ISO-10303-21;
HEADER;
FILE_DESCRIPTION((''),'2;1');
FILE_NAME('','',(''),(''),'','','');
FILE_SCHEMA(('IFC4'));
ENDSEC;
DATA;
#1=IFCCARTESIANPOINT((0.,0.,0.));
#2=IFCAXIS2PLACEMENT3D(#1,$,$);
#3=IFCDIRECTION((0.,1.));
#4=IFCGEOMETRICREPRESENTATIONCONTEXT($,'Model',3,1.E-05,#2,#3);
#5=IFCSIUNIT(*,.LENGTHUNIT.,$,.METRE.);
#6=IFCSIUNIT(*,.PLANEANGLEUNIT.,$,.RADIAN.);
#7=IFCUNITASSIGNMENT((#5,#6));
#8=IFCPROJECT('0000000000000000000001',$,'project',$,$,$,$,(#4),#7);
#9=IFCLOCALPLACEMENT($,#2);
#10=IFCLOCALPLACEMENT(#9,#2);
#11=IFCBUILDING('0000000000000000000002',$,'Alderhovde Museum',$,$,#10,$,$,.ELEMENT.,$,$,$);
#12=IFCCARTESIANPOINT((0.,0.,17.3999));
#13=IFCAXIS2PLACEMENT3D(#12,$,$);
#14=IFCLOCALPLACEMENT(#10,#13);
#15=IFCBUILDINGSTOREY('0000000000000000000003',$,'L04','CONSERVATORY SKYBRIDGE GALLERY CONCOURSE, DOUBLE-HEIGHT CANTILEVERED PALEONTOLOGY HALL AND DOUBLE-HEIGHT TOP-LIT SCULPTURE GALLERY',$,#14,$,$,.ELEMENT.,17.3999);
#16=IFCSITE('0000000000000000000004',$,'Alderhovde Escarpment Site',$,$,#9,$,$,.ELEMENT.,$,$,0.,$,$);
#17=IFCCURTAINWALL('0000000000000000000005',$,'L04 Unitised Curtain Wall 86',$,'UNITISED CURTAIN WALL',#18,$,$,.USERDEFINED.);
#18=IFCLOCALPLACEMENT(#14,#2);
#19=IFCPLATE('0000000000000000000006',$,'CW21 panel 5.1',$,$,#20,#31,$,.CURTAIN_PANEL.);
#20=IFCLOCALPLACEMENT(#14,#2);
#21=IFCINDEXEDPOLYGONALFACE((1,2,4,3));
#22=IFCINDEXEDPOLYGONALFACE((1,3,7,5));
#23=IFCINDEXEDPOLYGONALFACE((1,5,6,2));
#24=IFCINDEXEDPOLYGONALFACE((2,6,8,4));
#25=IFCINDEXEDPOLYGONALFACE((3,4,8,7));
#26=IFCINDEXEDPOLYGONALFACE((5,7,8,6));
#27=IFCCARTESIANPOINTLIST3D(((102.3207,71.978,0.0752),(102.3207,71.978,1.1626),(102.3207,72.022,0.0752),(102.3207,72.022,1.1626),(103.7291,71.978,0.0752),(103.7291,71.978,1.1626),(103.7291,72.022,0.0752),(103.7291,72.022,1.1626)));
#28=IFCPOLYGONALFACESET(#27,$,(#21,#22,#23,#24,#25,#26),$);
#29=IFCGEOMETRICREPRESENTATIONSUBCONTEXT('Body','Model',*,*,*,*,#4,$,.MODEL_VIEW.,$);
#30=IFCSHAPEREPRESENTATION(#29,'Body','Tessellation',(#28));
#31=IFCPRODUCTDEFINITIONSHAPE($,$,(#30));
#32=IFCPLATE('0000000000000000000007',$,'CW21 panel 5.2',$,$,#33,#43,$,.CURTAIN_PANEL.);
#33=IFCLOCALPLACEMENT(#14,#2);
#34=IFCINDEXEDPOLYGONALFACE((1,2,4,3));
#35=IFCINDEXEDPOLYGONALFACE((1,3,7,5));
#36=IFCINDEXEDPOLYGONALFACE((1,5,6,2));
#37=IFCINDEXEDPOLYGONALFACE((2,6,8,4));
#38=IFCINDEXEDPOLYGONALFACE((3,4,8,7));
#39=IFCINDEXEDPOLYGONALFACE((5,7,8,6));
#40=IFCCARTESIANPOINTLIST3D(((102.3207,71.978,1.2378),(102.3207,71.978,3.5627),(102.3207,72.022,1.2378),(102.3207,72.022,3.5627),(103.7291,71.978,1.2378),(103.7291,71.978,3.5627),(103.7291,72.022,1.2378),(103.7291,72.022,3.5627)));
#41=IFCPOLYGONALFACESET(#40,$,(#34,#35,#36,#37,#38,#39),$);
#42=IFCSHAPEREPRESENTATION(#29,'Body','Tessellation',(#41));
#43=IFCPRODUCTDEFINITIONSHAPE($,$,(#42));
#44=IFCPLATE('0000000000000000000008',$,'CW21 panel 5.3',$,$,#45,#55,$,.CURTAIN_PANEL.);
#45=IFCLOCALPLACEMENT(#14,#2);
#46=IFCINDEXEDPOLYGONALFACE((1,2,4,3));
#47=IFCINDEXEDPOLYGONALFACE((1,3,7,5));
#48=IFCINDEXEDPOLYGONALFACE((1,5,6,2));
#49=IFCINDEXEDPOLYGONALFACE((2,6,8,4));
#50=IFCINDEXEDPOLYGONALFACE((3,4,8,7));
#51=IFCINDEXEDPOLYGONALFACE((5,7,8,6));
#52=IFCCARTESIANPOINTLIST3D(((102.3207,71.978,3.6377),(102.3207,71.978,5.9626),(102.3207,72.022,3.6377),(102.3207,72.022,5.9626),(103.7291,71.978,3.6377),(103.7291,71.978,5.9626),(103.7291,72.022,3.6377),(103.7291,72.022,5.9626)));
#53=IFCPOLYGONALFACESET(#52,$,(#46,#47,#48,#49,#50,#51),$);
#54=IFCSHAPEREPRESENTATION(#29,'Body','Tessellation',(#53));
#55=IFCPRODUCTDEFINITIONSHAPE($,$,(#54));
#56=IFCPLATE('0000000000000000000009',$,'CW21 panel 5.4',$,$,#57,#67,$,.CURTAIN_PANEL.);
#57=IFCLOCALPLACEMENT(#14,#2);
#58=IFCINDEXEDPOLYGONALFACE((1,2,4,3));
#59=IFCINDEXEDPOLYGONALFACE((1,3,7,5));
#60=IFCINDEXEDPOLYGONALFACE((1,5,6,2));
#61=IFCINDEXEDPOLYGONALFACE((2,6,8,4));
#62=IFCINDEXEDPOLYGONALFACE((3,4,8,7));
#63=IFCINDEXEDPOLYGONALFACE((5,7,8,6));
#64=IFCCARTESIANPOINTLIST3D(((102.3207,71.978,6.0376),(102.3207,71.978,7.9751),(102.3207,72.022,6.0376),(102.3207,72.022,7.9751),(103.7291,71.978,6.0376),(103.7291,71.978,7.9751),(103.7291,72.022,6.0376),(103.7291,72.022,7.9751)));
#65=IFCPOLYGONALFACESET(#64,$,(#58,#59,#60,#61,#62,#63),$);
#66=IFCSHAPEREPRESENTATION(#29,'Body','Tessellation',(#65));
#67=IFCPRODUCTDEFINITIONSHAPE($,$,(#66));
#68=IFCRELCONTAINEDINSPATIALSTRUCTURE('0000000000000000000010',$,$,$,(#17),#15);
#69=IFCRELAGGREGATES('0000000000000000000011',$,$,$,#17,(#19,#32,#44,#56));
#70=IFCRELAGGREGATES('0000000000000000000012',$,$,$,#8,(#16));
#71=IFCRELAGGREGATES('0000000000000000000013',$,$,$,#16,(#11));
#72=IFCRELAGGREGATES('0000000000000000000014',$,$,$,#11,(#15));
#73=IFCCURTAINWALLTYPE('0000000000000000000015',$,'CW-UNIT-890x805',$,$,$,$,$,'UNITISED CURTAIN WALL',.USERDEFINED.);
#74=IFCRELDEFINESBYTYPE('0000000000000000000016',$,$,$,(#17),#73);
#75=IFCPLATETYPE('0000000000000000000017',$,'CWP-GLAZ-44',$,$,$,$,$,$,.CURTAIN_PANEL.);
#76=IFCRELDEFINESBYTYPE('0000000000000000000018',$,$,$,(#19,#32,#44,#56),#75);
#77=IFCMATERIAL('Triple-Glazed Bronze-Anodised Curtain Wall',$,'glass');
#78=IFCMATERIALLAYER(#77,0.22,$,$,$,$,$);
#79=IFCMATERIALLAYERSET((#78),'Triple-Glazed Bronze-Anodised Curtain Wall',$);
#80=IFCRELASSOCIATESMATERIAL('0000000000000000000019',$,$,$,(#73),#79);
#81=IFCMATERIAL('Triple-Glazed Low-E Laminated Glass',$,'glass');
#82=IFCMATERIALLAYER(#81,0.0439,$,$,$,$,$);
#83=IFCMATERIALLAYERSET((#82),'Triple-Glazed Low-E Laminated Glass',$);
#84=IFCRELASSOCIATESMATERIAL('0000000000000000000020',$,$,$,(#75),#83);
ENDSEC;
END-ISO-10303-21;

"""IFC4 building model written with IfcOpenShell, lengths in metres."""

from ifc_helpers import new_model, si_unit, direction, frame, origin, origin_2d, place, context, subcontext, project, spatial, rectangle, extrude, material, layer, layer_set, type_object, element, aggregate, save


model = new_model("IFC4")

# Units and contexts
model_context = context("Model", 3, precision=1e-05, world=origin(), true_north=direction((0.0, 1.0)))
body_context = subcontext(model_context, "Body", "Model", "MODEL_VIEW")
ifc_project = project(units=[si_unit("LENGTHUNIT", "METRE"), si_unit("PLANEANGLEUNIT", "RADIAN")], contexts=[model_context])

# Site, building, storey
site_placement = place(None, origin())
site = spatial("IfcSite", under=ifc_project, at=site_placement, Name="Alderhovde Escarpment Site", CompositionType="ELEMENT", RefElevation=0.0)
building_placement = place(site_placement, origin())
building = spatial("IfcBuilding", under=site, at=building_placement, Name="Alderhovde Museum", CompositionType="ELEMENT")
storey_placement = place(building_placement, frame((0.0, 0.0, 17.3999)))
storey = spatial("IfcBuildingStorey", under=building, at=storey_placement, Name="L04", Description="CONSERVATORY SKYBRIDGE GALLERY CONCOURSE, DOUBLE-HEIGHT CANTILEVERED PALEONTOLOGY HALL AND DOUBLE-HEIGHT TOP-LIT SCULPTURE GALLERY", CompositionType="ELEMENT", Elevation=17.3999)

# Curtain wall, plates
ifc_material_1 = material(Name="Triple-Glazed Bronze-Anodised Curtain Wall", Category="glass")
ifc_layer_1 = layer(ifc_material_1, 0.22)
ifc_layer_set_1 = layer_set([ifc_layer_1], Name="Triple-Glazed Bronze-Anodised Curtain Wall")
curtain_wall_type = type_object("IfcCurtainWallType", Name="CW-UNIT-890x805", ElementType="UNITISED CURTAIN WALL", PredefinedType="USERDEFINED", material=ifc_layer_set_1)
curtain_wall_placement = place(storey_placement, origin())
curtain_wall = element("IfcCurtainWall", 1, at=curtain_wall_placement, inside=storey, type_object=curtain_wall_type, Name="L04 Unitised Curtain Wall 86", ObjectType="UNITISED CURTAIN WALL", PredefinedType="USERDEFINED")
ifc_material_2 = material(Name="Triple-Glazed Low-E Laminated Glass", Category="glass")
ifc_layer_2 = layer(ifc_material_2, 0.0439)
ifc_layer_set_2 = layer_set([ifc_layer_2], Name="Triple-Glazed Low-E Laminated Glass")
plate_type = type_object("IfcPlateType", Name="CWP-GLAZ-44", PredefinedType="CURTAIN_PANEL", material=ifc_layer_set_2)
plate_1_placement = place(storey_placement, frame((103.0249, 72.0, 0.0752), z_axis=(0.0, 0.0, 1.0), x_axis=(1.0, 0.0, 0.0)))
plate_1 = element("IfcPlate", 2, at=plate_1_placement, type_object=plate_type, Name="CW21 panel 5.1", PredefinedType="CURTAIN_PANEL", context=body_context, shape_type="SweptSolid", body=[
    extrude(rectangle(XDim=1.4084, YDim=0.0439, at=origin_2d()), origin(), (0.0, 0.0, 1.0), 1.0874),
])
plate_2_placement = place(storey_placement, frame((103.0249, 72.0, 1.2378), z_axis=(0.0, 0.0, 1.0), x_axis=(1.0, 0.0, 0.0)))
plate_2 = element("IfcPlate", 3, at=plate_2_placement, type_object=plate_type, Name="CW21 panel 5.2", PredefinedType="CURTAIN_PANEL", context=body_context, shape_type="SweptSolid", body=[
    extrude(rectangle(XDim=1.4084, YDim=0.0439, at=origin_2d()), origin(), (0.0, 0.0, 1.0), 2.325),
])
plate_3_placement = place(storey_placement, frame((103.0249, 72.0, 3.6377), z_axis=(0.0, 0.0, 1.0), x_axis=(1.0, 0.0, 0.0)))
plate_3 = element("IfcPlate", 4, at=plate_3_placement, type_object=plate_type, Name="CW21 panel 5.3", PredefinedType="CURTAIN_PANEL", context=body_context, shape_type="SweptSolid", body=[
    extrude(rectangle(XDim=1.4084, YDim=0.0439, at=origin_2d()), origin(), (0.0, 0.0, 1.0), 2.325),
])
plate_4_placement = place(storey_placement, frame((103.0249, 72.0, 6.0376), z_axis=(0.0, 0.0, 1.0), x_axis=(1.0, 0.0, 0.0)))
plate_4 = element("IfcPlate", 5, at=plate_4_placement, type_object=plate_type, Name="CW21 panel 5.4", PredefinedType="CURTAIN_PANEL", context=body_context, shape_type="SweptSolid", body=[
    extrude(rectangle(XDim=1.4084, YDim=0.0439, at=origin_2d()), origin(), (0.0, 0.0, 1.0), 1.9375),
])
aggregate(curtain_wall, [plate_1, plate_2, plate_3, plate_4])

save(model, "model.ifc")
